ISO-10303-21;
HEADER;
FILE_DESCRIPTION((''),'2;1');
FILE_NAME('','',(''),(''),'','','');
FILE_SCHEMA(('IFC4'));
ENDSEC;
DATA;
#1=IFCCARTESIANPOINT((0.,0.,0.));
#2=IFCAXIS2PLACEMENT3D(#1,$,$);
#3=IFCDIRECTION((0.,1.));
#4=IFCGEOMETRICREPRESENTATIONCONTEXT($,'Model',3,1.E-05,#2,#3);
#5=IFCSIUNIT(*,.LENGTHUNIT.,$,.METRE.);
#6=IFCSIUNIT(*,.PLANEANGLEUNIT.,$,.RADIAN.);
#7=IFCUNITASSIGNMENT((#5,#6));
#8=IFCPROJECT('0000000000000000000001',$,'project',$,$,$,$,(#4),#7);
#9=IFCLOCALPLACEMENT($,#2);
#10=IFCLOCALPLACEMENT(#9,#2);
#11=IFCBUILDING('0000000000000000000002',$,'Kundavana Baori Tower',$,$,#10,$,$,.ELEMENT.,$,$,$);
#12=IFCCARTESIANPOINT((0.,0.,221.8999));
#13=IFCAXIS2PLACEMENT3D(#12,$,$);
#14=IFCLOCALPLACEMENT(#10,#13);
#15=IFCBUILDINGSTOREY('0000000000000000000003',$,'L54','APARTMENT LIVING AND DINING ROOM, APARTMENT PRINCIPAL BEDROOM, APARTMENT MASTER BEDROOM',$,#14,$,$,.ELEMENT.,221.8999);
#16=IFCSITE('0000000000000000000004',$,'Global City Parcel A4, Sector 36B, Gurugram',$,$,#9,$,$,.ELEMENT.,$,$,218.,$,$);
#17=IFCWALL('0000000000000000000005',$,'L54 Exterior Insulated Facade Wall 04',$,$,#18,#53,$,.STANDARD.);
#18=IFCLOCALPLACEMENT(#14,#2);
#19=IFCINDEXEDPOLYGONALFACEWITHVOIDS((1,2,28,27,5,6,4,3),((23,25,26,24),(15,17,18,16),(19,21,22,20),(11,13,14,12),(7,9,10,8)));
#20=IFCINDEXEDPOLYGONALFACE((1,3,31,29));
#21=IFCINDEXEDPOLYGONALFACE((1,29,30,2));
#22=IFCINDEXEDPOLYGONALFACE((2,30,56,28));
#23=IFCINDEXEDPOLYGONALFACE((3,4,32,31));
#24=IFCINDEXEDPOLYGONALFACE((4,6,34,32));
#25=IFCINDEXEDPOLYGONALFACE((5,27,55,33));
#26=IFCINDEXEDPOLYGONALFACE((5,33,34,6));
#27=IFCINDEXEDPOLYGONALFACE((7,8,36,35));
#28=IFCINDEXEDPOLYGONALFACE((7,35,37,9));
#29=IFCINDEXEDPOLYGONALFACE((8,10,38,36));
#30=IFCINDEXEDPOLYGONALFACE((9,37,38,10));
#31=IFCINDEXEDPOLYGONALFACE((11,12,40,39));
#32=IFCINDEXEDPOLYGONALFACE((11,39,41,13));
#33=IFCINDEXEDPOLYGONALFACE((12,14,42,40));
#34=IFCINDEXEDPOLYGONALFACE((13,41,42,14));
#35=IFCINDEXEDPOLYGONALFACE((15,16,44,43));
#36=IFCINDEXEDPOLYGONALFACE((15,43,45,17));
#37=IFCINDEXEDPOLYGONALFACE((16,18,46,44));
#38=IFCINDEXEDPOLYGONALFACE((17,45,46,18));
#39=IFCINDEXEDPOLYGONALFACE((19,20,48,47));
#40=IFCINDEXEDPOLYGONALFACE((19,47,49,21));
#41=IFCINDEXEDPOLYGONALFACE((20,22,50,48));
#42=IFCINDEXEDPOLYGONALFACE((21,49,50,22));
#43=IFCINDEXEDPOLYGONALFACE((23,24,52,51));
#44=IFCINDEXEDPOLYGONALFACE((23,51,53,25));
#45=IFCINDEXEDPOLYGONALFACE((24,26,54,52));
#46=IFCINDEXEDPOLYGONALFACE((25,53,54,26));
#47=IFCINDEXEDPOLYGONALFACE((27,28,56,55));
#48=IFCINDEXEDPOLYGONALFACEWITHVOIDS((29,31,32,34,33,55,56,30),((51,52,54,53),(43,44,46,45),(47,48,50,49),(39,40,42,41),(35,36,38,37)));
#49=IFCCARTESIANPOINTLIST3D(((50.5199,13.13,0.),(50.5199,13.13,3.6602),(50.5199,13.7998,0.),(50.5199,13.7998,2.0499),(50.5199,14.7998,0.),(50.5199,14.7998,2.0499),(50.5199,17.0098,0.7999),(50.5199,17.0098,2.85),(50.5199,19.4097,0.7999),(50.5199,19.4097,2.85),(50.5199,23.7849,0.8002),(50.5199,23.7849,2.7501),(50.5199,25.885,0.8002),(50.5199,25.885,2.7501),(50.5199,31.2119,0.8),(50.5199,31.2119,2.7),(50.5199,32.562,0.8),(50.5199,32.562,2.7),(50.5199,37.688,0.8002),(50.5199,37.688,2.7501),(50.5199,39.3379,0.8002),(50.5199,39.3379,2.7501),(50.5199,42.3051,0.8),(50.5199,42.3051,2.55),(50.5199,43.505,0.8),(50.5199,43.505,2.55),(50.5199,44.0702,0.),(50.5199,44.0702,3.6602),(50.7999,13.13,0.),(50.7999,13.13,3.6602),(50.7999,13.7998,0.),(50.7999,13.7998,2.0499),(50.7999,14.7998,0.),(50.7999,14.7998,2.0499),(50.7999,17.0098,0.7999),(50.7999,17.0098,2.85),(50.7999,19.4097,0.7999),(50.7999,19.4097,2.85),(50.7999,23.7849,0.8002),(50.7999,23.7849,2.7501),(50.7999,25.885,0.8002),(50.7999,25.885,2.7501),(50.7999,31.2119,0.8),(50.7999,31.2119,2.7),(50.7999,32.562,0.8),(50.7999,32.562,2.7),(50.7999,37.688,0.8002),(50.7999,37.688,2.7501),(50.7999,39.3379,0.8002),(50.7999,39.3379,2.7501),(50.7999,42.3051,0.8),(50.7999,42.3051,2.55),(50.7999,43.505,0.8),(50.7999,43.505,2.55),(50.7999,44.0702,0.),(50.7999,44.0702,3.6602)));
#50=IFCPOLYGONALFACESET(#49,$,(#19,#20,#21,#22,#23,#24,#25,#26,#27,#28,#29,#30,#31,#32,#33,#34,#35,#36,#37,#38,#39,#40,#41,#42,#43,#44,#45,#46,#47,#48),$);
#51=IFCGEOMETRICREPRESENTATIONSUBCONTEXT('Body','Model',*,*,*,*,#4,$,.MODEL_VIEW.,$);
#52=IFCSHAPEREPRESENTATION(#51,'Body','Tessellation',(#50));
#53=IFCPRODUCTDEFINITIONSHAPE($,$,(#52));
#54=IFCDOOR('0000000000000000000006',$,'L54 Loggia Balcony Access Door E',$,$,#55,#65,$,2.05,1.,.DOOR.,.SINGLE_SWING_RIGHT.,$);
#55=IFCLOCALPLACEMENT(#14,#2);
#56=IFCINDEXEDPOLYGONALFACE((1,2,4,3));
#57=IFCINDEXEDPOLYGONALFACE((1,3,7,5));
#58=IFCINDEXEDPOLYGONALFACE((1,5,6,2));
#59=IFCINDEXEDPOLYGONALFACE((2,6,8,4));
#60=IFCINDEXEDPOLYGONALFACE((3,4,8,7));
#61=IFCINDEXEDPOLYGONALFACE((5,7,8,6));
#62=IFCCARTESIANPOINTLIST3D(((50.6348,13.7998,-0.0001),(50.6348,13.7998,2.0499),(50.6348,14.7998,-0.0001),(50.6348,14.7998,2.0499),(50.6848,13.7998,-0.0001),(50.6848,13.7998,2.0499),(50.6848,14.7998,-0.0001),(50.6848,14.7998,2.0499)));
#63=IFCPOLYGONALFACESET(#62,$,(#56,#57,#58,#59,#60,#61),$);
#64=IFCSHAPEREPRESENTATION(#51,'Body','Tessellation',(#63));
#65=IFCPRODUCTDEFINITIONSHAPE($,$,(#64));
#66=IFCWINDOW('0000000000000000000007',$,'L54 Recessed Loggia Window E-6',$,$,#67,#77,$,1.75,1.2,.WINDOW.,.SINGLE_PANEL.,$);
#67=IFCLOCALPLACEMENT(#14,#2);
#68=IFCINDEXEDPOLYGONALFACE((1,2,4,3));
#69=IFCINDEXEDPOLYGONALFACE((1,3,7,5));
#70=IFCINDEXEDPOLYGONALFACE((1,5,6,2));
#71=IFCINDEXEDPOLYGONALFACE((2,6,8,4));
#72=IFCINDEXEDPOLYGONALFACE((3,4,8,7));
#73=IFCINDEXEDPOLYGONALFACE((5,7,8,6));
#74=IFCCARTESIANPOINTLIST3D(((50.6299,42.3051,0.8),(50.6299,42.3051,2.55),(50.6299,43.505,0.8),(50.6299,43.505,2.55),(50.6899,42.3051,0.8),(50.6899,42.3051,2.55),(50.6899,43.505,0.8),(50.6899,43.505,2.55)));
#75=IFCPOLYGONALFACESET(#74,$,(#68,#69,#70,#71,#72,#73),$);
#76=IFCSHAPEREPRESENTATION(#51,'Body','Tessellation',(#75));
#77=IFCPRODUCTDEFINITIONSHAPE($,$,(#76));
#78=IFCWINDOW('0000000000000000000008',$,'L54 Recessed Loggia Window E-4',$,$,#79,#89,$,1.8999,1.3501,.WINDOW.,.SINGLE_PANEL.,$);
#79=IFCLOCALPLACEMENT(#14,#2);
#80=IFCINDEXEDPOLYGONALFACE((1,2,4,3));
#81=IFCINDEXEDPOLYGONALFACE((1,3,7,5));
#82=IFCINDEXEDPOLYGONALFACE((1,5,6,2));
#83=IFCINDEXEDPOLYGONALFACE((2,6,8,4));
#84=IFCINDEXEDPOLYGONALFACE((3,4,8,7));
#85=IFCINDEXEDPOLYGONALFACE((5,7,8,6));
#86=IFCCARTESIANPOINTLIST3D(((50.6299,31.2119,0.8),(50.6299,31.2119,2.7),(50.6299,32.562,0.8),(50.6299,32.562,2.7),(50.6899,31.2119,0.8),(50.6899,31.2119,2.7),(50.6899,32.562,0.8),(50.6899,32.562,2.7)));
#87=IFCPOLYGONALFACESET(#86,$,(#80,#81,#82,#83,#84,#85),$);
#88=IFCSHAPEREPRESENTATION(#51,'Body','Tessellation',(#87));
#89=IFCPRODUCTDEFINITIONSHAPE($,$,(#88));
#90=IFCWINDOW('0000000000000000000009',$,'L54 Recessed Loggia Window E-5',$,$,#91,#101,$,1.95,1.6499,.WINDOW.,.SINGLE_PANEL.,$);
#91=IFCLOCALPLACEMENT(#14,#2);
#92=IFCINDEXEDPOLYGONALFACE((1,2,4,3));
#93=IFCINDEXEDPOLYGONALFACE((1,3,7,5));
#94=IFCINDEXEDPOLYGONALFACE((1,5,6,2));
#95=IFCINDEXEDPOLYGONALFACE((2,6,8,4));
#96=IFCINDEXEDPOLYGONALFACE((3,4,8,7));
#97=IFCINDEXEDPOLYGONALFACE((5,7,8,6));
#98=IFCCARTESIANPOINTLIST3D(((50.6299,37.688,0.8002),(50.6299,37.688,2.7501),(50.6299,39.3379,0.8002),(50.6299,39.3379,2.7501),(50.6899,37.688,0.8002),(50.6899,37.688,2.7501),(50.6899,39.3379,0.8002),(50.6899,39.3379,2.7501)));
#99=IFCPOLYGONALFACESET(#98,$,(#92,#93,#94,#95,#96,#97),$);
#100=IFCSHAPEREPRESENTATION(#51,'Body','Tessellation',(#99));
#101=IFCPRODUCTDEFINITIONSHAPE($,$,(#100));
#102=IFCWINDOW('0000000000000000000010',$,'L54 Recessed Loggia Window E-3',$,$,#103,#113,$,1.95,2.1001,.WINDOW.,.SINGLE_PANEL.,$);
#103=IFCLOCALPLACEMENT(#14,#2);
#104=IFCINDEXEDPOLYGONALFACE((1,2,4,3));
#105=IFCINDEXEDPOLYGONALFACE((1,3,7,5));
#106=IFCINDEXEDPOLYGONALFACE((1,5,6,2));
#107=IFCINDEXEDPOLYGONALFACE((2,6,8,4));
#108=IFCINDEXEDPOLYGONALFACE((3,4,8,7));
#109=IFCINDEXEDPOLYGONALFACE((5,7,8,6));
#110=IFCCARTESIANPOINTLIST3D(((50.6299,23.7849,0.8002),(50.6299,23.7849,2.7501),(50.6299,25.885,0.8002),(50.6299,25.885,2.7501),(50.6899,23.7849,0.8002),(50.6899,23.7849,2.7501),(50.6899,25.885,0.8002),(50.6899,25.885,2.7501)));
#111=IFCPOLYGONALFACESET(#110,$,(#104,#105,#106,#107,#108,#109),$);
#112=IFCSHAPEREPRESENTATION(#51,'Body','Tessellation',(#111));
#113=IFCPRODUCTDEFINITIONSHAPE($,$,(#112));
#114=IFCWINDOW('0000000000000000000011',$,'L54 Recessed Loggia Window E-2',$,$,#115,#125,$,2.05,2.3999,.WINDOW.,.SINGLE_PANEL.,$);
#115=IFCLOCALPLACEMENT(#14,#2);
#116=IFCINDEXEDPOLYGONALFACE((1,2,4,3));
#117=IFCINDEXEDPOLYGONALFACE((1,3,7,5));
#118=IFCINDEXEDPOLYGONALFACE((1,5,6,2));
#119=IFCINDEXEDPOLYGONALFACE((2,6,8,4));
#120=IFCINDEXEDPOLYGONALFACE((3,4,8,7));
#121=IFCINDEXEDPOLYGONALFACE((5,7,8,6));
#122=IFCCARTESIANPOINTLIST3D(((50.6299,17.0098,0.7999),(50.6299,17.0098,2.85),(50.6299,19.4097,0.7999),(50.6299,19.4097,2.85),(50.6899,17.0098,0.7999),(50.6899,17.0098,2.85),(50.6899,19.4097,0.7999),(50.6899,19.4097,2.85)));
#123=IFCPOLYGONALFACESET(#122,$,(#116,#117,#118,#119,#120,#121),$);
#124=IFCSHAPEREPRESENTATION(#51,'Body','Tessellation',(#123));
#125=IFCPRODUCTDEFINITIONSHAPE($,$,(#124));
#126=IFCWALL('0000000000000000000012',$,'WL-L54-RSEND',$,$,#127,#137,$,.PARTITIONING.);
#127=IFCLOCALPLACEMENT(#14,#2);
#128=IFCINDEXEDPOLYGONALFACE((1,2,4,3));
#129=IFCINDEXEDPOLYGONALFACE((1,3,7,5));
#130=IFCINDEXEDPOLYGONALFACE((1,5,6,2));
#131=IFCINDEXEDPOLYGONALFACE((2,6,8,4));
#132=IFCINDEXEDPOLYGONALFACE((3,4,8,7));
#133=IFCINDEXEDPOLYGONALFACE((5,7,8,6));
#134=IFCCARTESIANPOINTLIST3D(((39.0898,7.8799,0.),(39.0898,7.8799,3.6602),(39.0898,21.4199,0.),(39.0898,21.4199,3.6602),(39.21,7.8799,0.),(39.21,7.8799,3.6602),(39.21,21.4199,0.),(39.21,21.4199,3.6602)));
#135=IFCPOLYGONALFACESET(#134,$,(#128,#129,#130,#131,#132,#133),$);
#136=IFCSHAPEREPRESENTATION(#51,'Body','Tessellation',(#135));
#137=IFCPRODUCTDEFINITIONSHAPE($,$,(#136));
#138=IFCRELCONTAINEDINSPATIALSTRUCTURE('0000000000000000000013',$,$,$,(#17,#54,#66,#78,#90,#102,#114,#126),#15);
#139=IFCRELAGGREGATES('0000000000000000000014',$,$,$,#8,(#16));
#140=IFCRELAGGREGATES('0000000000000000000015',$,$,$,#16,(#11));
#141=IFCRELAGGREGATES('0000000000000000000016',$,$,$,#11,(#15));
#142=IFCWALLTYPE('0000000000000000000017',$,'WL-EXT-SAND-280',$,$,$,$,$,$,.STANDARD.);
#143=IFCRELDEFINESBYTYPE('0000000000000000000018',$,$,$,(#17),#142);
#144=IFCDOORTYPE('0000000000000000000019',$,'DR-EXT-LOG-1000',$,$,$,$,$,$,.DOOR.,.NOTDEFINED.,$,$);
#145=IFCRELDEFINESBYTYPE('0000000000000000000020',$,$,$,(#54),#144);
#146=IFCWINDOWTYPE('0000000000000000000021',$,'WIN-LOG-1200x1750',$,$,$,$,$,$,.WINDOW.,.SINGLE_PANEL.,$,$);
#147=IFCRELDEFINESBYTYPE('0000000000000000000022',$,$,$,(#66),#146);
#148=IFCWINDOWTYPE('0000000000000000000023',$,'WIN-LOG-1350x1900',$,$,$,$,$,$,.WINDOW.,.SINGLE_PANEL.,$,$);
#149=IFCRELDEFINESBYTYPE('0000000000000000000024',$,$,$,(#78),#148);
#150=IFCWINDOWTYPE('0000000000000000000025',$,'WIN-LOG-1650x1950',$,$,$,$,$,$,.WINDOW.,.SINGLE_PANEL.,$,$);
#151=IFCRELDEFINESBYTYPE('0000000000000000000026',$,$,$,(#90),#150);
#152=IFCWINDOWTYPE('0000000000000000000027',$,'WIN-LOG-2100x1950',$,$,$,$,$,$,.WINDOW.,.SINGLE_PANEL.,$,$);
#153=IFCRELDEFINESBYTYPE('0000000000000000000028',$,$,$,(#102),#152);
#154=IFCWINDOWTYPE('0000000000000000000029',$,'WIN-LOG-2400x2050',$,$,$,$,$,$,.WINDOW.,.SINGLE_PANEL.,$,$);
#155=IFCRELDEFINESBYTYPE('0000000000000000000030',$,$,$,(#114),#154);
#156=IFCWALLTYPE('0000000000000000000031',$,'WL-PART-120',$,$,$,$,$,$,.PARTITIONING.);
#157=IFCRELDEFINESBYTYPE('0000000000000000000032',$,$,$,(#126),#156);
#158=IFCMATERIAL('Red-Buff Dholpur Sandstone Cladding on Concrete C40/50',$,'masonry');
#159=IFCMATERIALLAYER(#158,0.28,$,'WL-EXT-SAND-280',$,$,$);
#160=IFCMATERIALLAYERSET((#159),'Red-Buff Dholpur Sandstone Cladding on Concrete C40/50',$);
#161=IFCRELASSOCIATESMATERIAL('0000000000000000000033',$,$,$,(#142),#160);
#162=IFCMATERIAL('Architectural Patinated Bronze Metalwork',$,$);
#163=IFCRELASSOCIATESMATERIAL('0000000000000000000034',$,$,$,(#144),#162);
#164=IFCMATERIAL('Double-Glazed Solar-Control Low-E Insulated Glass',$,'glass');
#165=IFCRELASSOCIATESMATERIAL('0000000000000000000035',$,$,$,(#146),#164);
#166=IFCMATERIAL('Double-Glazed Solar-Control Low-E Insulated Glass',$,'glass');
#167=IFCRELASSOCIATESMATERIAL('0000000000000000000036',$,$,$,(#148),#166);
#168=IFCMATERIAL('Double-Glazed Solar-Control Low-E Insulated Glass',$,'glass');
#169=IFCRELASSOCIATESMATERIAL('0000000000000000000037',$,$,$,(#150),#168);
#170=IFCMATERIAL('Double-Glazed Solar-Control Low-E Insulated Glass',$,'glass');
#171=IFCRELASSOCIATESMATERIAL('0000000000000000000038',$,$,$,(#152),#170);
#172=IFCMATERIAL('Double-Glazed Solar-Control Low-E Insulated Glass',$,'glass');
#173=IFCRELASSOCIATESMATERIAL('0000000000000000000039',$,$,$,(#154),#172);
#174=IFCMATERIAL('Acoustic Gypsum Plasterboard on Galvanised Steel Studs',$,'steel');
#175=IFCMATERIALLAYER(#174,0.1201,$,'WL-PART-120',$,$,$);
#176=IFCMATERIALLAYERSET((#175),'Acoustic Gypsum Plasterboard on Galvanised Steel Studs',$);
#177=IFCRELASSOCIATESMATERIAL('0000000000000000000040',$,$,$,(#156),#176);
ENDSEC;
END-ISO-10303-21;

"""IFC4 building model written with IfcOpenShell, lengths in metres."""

from ifc_helpers import new_model, si_unit, direction, frame, frame_2d, origin, place, context, subcontext, project, spatial, rectangle, extrude, material, layer, layer_set, type_object, element, fill, save


model = new_model("IFC4")

# Units and contexts
model_context = context("Model", 3, precision=1e-05, world=origin(), true_north=direction((0.0, 1.0)))
body_context = subcontext(model_context, "Body", "Model", "MODEL_VIEW")
ifc_project = project(units=[si_unit("LENGTHUNIT", "METRE"), si_unit("PLANEANGLEUNIT", "RADIAN")], contexts=[model_context])

# Site, building, storey
site_placement = place(None, origin())
site = spatial("IfcSite", under=ifc_project, at=site_placement, Name="Global City Parcel A4, Sector 36B, Gurugram", CompositionType="ELEMENT", RefElevation=218.0)
building_placement = place(site_placement, origin())
building = spatial("IfcBuilding", under=site, at=building_placement, Name="Kundavana Baori Tower", CompositionType="ELEMENT")
storey_placement = place(building_placement, frame((0.0, 0.0, 221.8999)))
storey = spatial("IfcBuildingStorey", under=building, at=storey_placement, Name="L54", Description="APARTMENT LIVING AND DINING ROOM, APARTMENT PRINCIPAL BEDROOM, APARTMENT MASTER BEDROOM", CompositionType="ELEMENT", Elevation=221.8999)

# Shared definitions
ifc_material_1 = material(Name="Red-Buff Dholpur Sandstone Cladding on Concrete C40/50", Category="masonry")
ifc_layer_1 = layer(ifc_material_1, 0.28, Name="WL-EXT-SAND-280")
ifc_layer_set_1 = layer_set([ifc_layer_1], Name="Red-Buff Dholpur Sandstone Cladding on Concrete C40/50")
wall_type_1 = type_object("IfcWallType", Name="WL-EXT-SAND-280", PredefinedType="STANDARD", material=ifc_layer_set_1)

# Wall, openings, door, windows
wall_1_placement = place(storey_placement, frame((50.6599, 13.1299, 0.0), z_axis=(0.0, 0.0, 1.0), x_axis=(0.0, 1.0, 0.0)))
wall_1 = element("IfcWall", 1, at=wall_1_placement, inside=storey, type_object=wall_type_1, Name="L54 Exterior Insulated Facade Wall 04", PredefinedType="STANDARD", context=body_context, shape_type="SweptSolid", body=[
    extrude(rectangle(XDim=30.9402, YDim=0.28, at=frame_2d((15.4702, 0.0))), origin(), (0.0, 0.0, 1.0), 3.6602),
])
opening_1_placement = place(wall_1_placement, frame((0.6699, 0.0, 0.0)))
opening_1 = element("IfcOpeningElement", 2, at=opening_1_placement, cuts=wall_1, PredefinedType="OPENING", context=body_context, shape_type="SweptSolid", body=[
    extrude(rectangle(XDim=1.0, YDim=2.05, at=frame_2d((0.5, 1.0249))), frame((0.0, 0.1499, 0.0), z_axis=(0.0, -1.0, 0.0), x_axis=(1.0, 0.0, 0.0)), (0.0, 0.0, 1.0), 0.3),
])
opening_2_placement = place(wall_1_placement, frame((3.8799, 0.0, 0.8)))
opening_2 = element("IfcOpeningElement", 3, at=opening_2_placement, cuts=wall_1, PredefinedType="OPENING", context=body_context, shape_type="SweptSolid", body=[
    extrude(rectangle(XDim=2.3999, YDim=2.05, at=frame_2d((1.2, 1.0249))), frame((0.0, 0.1499, 0.0), z_axis=(0.0, -1.0, 0.0), x_axis=(1.0, 0.0, 0.0)), (0.0, 0.0, 1.0), 0.3),
])
opening_3_placement = place(wall_1_placement, frame((10.655, 0.0, 0.8)))
opening_3 = element("IfcOpeningElement", 4, at=opening_3_placement, cuts=wall_1, PredefinedType="OPENING", context=body_context, shape_type="SweptSolid", body=[
    extrude(rectangle(XDim=2.1001, YDim=1.95, at=frame_2d((1.05, 0.9751))), frame((0.0, 0.1499, 0.0), z_axis=(0.0, -1.0, 0.0), x_axis=(1.0, 0.0, 0.0)), (0.0, 0.0, 1.0), 0.3),
])
opening_4_placement = place(wall_1_placement, frame((18.082, 0.0, 0.8)))
opening_4 = element("IfcOpeningElement", 5, at=opening_4_placement, cuts=wall_1, PredefinedType="OPENING", context=body_context, shape_type="SweptSolid", body=[
    extrude(rectangle(XDim=1.3501, YDim=1.8999, at=frame_2d((0.675, 0.95))), frame((0.0, 0.1499, 0.0), z_axis=(0.0, -1.0, 0.0), x_axis=(1.0, 0.0, 0.0)), (0.0, 0.0, 1.0), 0.3),
])
opening_5_placement = place(wall_1_placement, frame((24.5581, 0.0, 0.8)))
opening_5 = element("IfcOpeningElement", 6, at=opening_5_placement, cuts=wall_1, PredefinedType="OPENING", context=body_context, shape_type="SweptSolid", body=[
    extrude(rectangle(XDim=1.6499, YDim=1.95, at=frame_2d((0.825, 0.9751))), frame((0.0, 0.1499, 0.0), z_axis=(0.0, -1.0, 0.0), x_axis=(1.0, 0.0, 0.0)), (0.0, 0.0, 1.0), 0.3),
])
opening_6_placement = place(wall_1_placement, frame((29.175, 0.0, 0.8)))
opening_6 = element("IfcOpeningElement", 7, at=opening_6_placement, cuts=wall_1, PredefinedType="OPENING", context=body_context, shape_type="SweptSolid", body=[
    extrude(rectangle(XDim=1.2, YDim=1.75, at=frame_2d((0.6001, 0.875))), frame((0.0, 0.1499, 0.0), z_axis=(0.0, -1.0, 0.0), x_axis=(1.0, 0.0, 0.0)), (0.0, 0.0, 1.0), 0.3),
])
ifc_material_2 = material(Name="Architectural Patinated Bronze Metalwork")
door_type_1 = type_object("IfcDoorType", Name="DR-EXT-LOG-1000", OperationType="NOTDEFINED", PredefinedType="DOOR", material=ifc_material_2)
door_1_placement = place(opening_1_placement, frame((1.0, 0.0, 0.0), z_axis=(0.0, 0.0, 1.0), x_axis=(-1.0, 0.0, 0.0)))
door_1 = element("IfcDoor", 8, at=door_1_placement, inside=storey, type_object=door_type_1, Name="L54 Loggia Balcony Access Door E", OperationType="SINGLE_SWING_RIGHT", OverallHeight=2.05, OverallWidth=1.0, PredefinedType="DOOR", context=body_context, shape_type="SweptSolid", body=[
    extrude(rectangle(XDim=1.0, YDim=2.05, at=frame_2d((0.5, 1.0249))), frame((0.0, 0.0249, 0.0), z_axis=(0.0, -1.0, 0.0), x_axis=(1.0, 0.0, 0.0)), (0.0, 0.0, 1.0), 0.05),
])
fill(opening_1, door_1)
ifc_material_3 = material(Name="Double-Glazed Solar-Control Low-E Insulated Glass", Category="glass")
window_type_1 = type_object("IfcWindowType", Name="WIN-LOG-1200x1750", PartitioningType="SINGLE_PANEL", PredefinedType="WINDOW", material=ifc_material_3)
window_1_placement = place(opening_6_placement, origin())
window_1 = element("IfcWindow", 9, at=window_1_placement, inside=storey, type_object=window_type_1, Name="L54 Recessed Loggia Window E-6", OverallHeight=1.75, OverallWidth=1.2, PartitioningType="SINGLE_PANEL", PredefinedType="WINDOW", context=body_context, shape_type="SweptSolid", body=[
    extrude(rectangle(XDim=1.2, YDim=1.75, at=frame_2d((0.6001, 0.875))), frame((0.0, 0.03, 0.0), z_axis=(0.0, -1.0, 0.0), x_axis=(1.0, 0.0, 0.0)), (0.0, 0.0, 1.0), 0.0601),
])
fill(opening_6, window_1)
ifc_material_4 = material(Name="Double-Glazed Solar-Control Low-E Insulated Glass", Category="glass")
window_type_2 = type_object("IfcWindowType", Name="WIN-LOG-1350x1900", PartitioningType="SINGLE_PANEL", PredefinedType="WINDOW", material=ifc_material_4)
window_2_placement = place(opening_4_placement, origin())
window_2 = element("IfcWindow", 10, at=window_2_placement, inside=storey, type_object=window_type_2, Name="L54 Recessed Loggia Window E-4", OverallHeight=1.8999, OverallWidth=1.3501, PartitioningType="SINGLE_PANEL", PredefinedType="WINDOW", context=body_context, shape_type="SweptSolid", body=[
    extrude(rectangle(XDim=1.3501, YDim=1.8999, at=frame_2d((0.675, 0.95))), frame((0.0, 0.03, 0.0), z_axis=(0.0, -1.0, 0.0), x_axis=(1.0, 0.0, 0.0)), (0.0, 0.0, 1.0), 0.0601),
])
fill(opening_4, window_2)
ifc_material_5 = material(Name="Double-Glazed Solar-Control Low-E Insulated Glass", Category="glass")
window_type_3 = type_object("IfcWindowType", Name="WIN-LOG-1650x1950", PartitioningType="SINGLE_PANEL", PredefinedType="WINDOW", material=ifc_material_5)
window_3_placement = place(opening_5_placement, origin())
window_3 = element("IfcWindow", 11, at=window_3_placement, inside=storey, type_object=window_type_3, Name="L54 Recessed Loggia Window E-5", OverallHeight=1.95, OverallWidth=1.6499, PartitioningType="SINGLE_PANEL", PredefinedType="WINDOW", context=body_context, shape_type="SweptSolid", body=[
    extrude(rectangle(XDim=1.6499, YDim=1.95, at=frame_2d((0.825, 0.9751))), frame((0.0, 0.03, 0.0), z_axis=(0.0, -1.0, 0.0), x_axis=(1.0, 0.0, 0.0)), (0.0, 0.0, 1.0), 0.0601),
])
fill(opening_5, window_3)
ifc_material_6 = material(Name="Double-Glazed Solar-Control Low-E Insulated Glass", Category="glass")
window_type_4 = type_object("IfcWindowType", Name="WIN-LOG-2100x1950", PartitioningType="SINGLE_PANEL", PredefinedType="WINDOW", material=ifc_material_6)
window_4_placement = place(opening_3_placement, origin())
window_4 = element("IfcWindow", 12, at=window_4_placement, inside=storey, type_object=window_type_4, Name="L54 Recessed Loggia Window E-3", OverallHeight=1.95, OverallWidth=2.1001, PartitioningType="SINGLE_PANEL", PredefinedType="WINDOW", context=body_context, shape_type="SweptSolid", body=[
    extrude(rectangle(XDim=2.1001, YDim=1.95, at=frame_2d((1.05, 0.9751))), frame((0.0, 0.03, 0.0), z_axis=(0.0, -1.0, 0.0), x_axis=(1.0, 0.0, 0.0)), (0.0, 0.0, 1.0), 0.0601),
])
fill(opening_3, window_4)
ifc_material_7 = material(Name="Double-Glazed Solar-Control Low-E Insulated Glass", Category="glass")
window_type_5 = type_object("IfcWindowType", Name="WIN-LOG-2400x2050", PartitioningType="SINGLE_PANEL", PredefinedType="WINDOW", material=ifc_material_7)
window_5_placement = place(opening_2_placement, origin())
window_5 = element("IfcWindow", 13, at=window_5_placement, inside=storey, type_object=window_type_5, Name="L54 Recessed Loggia Window E-2", OverallHeight=2.05, OverallWidth=2.3999, PartitioningType="SINGLE_PANEL", PredefinedType="WINDOW", context=body_context, shape_type="SweptSolid", body=[
    extrude(rectangle(XDim=2.3999, YDim=2.05, at=frame_2d((1.2, 1.0249))), frame((0.0, 0.03, 0.0), z_axis=(0.0, -1.0, 0.0), x_axis=(1.0, 0.0, 0.0)), (0.0, 0.0, 1.0), 0.0601),
])
fill(opening_2, window_5)

# Wall
ifc_material_8 = material(Name="Acoustic Gypsum Plasterboard on Galvanised Steel Studs", Category="steel")
ifc_layer_2 = layer(ifc_material_8, 0.1201, Name="WL-PART-120")
ifc_layer_set_2 = layer_set([ifc_layer_2], Name="Acoustic Gypsum Plasterboard on Galvanised Steel Studs")
wall_type_2 = type_object("IfcWallType", Name="WL-PART-120", PredefinedType="PARTITIONING", material=ifc_layer_set_2)
wall_2_placement = place(storey_placement, frame((39.1499, 7.8799, 0.0), z_axis=(0.0, 0.0, 1.0), x_axis=(0.0, 1.0, 0.0)))
element("IfcWall", 14, at=wall_2_placement, inside=storey, type_object=wall_type_2, Name="WL-L54-RSEND", PredefinedType="PARTITIONING", context=body_context, shape_type="SweptSolid", body=[
    extrude(rectangle(XDim=13.54, YDim=0.1201, at=frame_2d((6.77, 0.0))), origin(), (0.0, 0.0, 1.0), 3.6602),
])

save(model, "model.ifc")
